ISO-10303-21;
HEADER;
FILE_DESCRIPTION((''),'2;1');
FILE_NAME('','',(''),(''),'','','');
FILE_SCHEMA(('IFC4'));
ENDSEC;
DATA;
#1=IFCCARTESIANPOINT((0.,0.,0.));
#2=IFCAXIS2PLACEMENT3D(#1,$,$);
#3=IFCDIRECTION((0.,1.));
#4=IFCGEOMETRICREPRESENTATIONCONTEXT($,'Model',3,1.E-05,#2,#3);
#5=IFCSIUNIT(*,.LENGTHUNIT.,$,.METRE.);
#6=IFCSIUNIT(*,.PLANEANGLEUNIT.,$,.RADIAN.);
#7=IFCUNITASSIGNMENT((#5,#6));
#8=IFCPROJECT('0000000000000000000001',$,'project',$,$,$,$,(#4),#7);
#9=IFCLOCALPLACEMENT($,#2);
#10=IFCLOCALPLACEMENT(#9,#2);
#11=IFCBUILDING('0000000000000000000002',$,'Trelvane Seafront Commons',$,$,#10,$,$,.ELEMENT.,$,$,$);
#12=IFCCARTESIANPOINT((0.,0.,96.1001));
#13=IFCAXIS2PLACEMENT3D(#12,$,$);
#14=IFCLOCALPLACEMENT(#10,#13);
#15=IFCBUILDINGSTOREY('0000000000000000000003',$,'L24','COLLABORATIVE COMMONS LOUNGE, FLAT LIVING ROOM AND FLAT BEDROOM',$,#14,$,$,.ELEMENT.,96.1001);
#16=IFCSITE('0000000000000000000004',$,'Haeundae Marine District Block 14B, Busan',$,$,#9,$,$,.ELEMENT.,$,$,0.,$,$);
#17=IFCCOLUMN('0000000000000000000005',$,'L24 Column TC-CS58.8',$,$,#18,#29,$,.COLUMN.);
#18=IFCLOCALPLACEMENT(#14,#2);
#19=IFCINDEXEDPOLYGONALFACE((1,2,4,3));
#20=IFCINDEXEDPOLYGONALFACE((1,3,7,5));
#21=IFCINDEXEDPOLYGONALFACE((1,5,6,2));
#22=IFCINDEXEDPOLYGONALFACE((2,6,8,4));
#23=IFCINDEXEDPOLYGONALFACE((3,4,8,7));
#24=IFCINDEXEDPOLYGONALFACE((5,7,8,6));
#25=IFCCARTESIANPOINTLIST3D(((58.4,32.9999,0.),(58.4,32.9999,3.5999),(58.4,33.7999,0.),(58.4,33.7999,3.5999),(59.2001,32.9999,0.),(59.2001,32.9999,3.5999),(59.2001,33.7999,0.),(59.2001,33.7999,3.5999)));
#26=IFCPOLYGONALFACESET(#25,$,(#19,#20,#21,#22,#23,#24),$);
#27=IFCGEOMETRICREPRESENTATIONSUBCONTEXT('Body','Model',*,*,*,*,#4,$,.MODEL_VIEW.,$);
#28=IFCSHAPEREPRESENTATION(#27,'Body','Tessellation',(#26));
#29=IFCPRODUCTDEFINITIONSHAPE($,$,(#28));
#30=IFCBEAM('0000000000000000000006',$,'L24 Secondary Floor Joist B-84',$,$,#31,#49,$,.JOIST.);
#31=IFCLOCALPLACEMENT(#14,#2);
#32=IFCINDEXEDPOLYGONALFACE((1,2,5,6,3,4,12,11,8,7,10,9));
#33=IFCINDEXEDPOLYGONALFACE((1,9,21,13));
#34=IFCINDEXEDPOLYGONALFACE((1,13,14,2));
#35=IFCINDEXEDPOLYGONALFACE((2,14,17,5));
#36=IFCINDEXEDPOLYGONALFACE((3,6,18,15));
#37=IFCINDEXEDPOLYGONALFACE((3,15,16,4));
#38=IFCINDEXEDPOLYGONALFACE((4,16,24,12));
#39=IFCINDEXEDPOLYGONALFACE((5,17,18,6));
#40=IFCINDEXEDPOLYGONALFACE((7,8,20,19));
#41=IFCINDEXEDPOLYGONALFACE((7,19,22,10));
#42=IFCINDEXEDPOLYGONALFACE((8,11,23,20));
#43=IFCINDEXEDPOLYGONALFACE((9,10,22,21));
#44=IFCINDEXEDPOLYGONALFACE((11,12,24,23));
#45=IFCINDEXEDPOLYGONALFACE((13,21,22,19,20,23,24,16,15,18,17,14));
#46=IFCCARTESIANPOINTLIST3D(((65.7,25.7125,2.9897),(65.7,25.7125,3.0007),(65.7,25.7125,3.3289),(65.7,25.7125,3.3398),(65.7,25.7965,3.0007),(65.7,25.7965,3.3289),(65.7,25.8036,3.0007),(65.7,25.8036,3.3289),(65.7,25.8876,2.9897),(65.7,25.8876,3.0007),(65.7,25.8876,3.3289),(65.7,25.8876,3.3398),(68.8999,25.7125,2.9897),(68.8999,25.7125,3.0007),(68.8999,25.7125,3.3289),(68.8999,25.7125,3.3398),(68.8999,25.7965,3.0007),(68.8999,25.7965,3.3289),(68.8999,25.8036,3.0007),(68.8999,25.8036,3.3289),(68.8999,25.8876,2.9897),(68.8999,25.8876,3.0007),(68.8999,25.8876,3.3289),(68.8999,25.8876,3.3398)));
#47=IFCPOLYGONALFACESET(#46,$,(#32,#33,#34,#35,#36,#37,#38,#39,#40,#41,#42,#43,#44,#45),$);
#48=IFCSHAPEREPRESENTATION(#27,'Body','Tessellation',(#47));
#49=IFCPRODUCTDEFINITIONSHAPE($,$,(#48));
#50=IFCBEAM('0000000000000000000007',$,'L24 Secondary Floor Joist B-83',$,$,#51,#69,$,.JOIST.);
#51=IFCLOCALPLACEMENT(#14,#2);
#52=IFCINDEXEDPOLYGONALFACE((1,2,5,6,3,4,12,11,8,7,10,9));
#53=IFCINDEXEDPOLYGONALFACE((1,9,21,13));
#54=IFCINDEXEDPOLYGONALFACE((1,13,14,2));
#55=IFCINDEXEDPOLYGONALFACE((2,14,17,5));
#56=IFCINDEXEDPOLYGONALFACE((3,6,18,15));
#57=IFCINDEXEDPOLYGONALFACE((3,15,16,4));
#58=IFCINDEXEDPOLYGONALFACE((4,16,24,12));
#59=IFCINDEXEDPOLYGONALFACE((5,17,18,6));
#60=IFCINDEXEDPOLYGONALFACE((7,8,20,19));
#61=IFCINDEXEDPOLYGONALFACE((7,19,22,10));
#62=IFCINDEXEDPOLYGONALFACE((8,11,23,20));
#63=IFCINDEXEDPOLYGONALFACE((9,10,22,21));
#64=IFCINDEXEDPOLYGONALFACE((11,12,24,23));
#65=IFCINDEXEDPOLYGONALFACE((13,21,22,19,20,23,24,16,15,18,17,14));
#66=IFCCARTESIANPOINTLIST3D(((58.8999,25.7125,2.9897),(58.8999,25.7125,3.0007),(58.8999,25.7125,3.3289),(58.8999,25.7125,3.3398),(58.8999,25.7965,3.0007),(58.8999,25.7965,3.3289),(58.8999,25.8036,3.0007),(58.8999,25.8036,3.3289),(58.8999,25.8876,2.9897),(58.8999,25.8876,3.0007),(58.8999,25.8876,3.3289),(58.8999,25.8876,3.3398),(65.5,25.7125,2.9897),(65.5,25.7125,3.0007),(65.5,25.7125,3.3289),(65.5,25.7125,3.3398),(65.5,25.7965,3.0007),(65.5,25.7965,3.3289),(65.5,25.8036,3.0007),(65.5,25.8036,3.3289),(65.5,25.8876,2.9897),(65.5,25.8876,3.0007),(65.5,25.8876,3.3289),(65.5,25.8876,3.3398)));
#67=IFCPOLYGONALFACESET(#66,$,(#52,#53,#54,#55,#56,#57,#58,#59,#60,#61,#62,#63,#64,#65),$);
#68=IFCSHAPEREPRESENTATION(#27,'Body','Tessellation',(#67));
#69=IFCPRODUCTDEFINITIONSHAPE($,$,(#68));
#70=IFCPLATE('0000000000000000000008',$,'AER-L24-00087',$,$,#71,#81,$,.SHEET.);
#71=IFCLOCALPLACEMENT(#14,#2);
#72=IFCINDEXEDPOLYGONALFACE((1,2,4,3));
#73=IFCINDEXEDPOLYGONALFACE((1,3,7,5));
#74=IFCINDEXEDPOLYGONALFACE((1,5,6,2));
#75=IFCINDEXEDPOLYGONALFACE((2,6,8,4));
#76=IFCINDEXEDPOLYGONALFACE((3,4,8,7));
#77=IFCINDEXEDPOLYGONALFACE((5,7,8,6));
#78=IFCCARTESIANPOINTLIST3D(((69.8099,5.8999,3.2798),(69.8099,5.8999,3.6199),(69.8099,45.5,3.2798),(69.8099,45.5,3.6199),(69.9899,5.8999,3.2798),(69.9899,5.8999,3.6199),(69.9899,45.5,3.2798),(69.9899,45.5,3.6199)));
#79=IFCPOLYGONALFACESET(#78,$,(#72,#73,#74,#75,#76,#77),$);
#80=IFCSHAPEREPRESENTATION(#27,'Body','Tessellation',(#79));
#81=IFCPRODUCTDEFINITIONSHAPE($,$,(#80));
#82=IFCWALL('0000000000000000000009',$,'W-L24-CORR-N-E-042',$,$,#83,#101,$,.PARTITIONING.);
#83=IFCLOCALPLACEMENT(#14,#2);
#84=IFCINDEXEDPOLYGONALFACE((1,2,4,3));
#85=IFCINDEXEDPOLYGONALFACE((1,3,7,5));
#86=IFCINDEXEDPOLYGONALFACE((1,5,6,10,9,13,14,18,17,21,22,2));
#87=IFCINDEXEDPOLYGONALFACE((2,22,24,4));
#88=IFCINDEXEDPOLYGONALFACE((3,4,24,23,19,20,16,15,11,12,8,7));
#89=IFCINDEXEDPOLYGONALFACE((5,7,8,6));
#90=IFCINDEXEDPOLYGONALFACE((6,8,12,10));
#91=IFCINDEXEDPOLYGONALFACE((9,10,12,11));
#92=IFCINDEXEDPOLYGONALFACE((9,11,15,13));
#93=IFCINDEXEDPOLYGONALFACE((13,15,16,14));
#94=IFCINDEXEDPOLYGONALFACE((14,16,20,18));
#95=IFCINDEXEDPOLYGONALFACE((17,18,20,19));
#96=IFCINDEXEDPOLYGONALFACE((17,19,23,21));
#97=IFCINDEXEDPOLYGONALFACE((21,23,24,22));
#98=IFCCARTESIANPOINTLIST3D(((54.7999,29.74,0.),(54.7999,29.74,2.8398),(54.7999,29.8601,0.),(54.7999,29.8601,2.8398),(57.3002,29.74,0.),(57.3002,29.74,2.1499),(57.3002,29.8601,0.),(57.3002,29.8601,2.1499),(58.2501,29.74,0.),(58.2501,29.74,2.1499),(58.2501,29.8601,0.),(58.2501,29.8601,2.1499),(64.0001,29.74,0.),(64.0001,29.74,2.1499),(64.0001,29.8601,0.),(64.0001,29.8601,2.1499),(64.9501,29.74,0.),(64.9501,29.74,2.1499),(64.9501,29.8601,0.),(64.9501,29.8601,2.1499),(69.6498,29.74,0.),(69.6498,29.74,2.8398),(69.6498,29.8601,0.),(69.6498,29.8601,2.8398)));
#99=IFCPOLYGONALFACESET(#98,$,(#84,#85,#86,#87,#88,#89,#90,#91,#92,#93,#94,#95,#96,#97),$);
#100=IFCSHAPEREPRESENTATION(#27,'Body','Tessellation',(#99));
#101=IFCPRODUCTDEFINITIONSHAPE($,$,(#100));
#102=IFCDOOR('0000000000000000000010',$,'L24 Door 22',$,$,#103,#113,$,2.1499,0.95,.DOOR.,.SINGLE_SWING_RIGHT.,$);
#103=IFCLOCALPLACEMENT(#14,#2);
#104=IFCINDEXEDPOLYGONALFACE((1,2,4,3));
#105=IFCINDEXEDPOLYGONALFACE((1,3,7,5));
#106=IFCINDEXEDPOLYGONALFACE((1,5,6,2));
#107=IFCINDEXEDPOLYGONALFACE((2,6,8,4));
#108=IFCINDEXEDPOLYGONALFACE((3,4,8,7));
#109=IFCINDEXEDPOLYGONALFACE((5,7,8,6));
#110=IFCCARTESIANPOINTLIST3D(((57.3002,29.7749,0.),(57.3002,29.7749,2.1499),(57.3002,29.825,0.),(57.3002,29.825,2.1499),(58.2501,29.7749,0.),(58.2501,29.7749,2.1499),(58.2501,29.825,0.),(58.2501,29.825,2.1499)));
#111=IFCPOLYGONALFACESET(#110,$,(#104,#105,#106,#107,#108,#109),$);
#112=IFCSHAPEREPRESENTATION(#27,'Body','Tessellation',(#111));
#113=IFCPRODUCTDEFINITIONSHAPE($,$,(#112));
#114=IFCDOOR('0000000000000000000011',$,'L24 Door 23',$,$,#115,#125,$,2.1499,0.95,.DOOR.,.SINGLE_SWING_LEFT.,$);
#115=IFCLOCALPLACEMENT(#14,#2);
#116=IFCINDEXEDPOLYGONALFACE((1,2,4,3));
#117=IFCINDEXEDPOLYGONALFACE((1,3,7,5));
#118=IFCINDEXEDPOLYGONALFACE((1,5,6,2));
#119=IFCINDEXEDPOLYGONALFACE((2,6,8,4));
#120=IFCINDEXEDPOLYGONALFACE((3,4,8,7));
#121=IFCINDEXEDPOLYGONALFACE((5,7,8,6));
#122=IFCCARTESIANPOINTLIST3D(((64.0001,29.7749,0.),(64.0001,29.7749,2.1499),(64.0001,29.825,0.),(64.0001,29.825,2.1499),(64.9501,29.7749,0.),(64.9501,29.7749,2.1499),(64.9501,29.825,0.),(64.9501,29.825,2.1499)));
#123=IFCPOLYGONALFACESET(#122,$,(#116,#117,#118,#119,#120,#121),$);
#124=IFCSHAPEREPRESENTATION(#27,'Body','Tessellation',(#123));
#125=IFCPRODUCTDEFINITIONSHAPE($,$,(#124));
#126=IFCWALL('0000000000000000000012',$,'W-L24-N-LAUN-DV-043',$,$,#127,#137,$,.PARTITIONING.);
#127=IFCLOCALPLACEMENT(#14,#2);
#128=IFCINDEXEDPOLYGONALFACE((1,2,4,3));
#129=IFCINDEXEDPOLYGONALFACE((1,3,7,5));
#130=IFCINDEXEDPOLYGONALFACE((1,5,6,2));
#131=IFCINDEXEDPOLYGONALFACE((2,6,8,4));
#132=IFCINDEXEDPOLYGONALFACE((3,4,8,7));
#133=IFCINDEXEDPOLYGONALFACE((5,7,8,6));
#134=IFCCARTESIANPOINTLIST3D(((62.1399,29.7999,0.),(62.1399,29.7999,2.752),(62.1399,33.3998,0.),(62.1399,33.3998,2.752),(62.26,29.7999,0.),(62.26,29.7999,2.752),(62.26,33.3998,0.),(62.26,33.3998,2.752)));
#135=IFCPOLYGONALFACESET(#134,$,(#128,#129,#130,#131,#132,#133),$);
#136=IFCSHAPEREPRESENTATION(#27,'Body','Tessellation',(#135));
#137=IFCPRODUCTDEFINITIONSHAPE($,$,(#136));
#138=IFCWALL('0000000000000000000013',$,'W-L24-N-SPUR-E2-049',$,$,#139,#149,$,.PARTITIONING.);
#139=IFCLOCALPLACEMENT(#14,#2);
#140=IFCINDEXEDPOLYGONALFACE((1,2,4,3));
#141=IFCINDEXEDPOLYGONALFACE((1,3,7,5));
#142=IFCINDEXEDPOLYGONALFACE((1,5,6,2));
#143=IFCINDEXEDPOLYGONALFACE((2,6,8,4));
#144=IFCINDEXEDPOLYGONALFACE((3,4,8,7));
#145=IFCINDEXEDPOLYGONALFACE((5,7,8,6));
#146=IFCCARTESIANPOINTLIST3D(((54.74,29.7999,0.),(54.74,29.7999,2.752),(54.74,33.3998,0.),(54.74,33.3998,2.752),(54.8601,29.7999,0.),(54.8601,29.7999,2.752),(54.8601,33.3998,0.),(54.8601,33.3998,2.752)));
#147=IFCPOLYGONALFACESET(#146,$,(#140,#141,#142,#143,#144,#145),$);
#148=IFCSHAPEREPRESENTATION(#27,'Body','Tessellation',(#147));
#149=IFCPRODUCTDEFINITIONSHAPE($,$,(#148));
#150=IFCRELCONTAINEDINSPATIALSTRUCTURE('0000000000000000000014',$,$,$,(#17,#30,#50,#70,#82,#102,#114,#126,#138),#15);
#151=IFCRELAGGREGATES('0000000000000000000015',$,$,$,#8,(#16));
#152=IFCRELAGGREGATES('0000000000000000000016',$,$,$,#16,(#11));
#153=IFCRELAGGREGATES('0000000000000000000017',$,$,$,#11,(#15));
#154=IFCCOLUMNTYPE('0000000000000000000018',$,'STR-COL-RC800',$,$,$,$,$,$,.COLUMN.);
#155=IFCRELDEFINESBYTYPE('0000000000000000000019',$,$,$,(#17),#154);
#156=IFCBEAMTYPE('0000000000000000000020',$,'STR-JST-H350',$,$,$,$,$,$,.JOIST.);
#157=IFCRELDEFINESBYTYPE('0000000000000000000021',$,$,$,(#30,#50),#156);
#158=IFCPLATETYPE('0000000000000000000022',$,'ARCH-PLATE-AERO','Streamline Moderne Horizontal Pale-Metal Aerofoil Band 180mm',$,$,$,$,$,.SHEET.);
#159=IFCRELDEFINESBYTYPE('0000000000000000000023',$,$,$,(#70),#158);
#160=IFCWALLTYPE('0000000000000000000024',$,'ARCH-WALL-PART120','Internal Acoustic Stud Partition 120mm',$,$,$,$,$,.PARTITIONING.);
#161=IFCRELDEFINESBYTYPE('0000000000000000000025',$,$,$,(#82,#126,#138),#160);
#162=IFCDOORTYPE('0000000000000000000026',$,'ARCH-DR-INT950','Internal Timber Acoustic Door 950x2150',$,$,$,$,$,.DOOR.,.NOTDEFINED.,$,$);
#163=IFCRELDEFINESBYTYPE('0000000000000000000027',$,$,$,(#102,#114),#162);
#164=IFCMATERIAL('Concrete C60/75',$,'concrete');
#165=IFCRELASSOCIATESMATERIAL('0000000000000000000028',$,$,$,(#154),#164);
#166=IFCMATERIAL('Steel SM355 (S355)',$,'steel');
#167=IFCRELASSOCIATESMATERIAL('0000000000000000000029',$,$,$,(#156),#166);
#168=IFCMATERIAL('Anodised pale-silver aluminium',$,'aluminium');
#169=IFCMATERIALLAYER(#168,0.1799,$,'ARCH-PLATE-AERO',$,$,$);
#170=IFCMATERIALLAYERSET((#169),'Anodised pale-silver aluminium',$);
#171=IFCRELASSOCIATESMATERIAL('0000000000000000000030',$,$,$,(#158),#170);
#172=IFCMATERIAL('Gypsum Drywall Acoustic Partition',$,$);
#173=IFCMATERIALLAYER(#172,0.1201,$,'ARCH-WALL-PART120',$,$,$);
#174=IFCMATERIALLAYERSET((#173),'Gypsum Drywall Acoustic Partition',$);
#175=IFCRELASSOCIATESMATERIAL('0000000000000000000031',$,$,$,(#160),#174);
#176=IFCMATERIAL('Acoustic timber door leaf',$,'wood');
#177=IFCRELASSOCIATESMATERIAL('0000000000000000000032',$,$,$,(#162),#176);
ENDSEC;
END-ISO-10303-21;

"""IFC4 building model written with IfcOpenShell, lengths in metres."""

from ifc_helpers import new_model, si_unit, direction, frame, frame_2d, origin, origin_2d, place, context, subcontext, project, spatial, rectangle, i_section, extrude, source, transform, mapped, material, layer, layer_set, material_profile, profile_set, type_object, element, fill, save


model = new_model("IFC4")

# Units and contexts
model_context = context("Model", 3, precision=1e-05, world=origin(), true_north=direction((0.0, 1.0)))
body_context = subcontext(model_context, "Body", "Model", "MODEL_VIEW")
ifc_project = project(units=[si_unit("LENGTHUNIT", "METRE"), si_unit("PLANEANGLEUNIT", "RADIAN")], contexts=[model_context])

# Site, building, storey
site_placement = place(None, origin())
site = spatial("IfcSite", under=ifc_project, at=site_placement, Name="Haeundae Marine District Block 14B, Busan", CompositionType="ELEMENT", RefElevation=0.0)
building_placement = place(site_placement, origin())
building = spatial("IfcBuilding", under=site, at=building_placement, Name="Trelvane Seafront Commons", CompositionType="ELEMENT")
storey_placement = place(building_placement, frame((0.0, 0.0, 96.1001)))
storey = spatial("IfcBuildingStorey", under=building, at=storey_placement, Name="L24", Description="COLLABORATIVE COMMONS LOUNGE, FLAT LIVING ROOM AND FLAT BEDROOM", CompositionType="ELEMENT", Elevation=96.1001)

# Column
ifc_material_1 = material(Name="Concrete C60/75", Category="concrete")
ifc_material_profile_1 = material_profile(ifc_material_1, rectangle(XDim=0.8, YDim=0.8, at=origin_2d()), Name="RC-800x800")
ifc_profile_set_1 = profile_set([ifc_material_profile_1], Name="Concrete C60/75")
column_type = type_object("IfcColumnType", Name="STR-COL-RC800", PredefinedType="COLUMN", material=ifc_profile_set_1)
shared_shape_1 = source(origin(), body_context, "Body", "SweptSolid", [
    extrude(rectangle(XDim=0.8, YDim=0.8, at=origin_2d()), origin(), (0.0, 0.0, 1.0), 3.5999),
])
column_placement = place(storey_placement, frame((58.8, 33.3999, 0.0), z_axis=(0.0, 0.0, 1.0), x_axis=(1.0, 0.0, 0.0)))
element("IfcColumn", 1, at=column_placement, inside=storey, type_object=column_type, Name="L24 Column TC-CS58.8", PredefinedType="COLUMN", context=body_context, shape_type="MappedRepresentation", body=[
    mapped(shared_shape_1, transform((0.0, 0.0, 0.0), x_axis=(1.0, 0.0, 0.0), y_axis=(0.0, 1.0, 0.0), z_axis=(0.0, 0.0, 1.0), scale=1.0)),
])

# Beams
ifc_material_2 = material(Name="Steel SM355 (S355)", Category="steel")
ifc_material_profile_2 = material_profile(ifc_material_2, i_section(OverallWidth=0.175, OverallDepth=0.3501, WebThickness=0.0071, FlangeThickness=0.011, at=origin_2d()), Name="H-350x175x7x11")
ifc_profile_set_2 = profile_set([ifc_material_profile_2], Name="Steel SM355 (S355)")
beam_type = type_object("IfcBeamType", Name="STR-JST-H350", PredefinedType="JOIST", material=ifc_profile_set_2)
shared_shape_2 = source(origin(), body_context, "Body", "SweptSolid", [
    extrude(i_section(OverallWidth=0.175, OverallDepth=0.3501, WebThickness=0.0071, FlangeThickness=0.011, at=origin_2d()), origin(), (0.0, 0.0, 1.0), 3.2),
])
beam_1_placement = place(storey_placement, frame((65.7, 25.8, 3.1648), z_axis=(1.0, 0.0, 0.0), x_axis=(0.0, 1.0, 0.0)))
element("IfcBeam", 2, at=beam_1_placement, inside=storey, type_object=beam_type, Name="L24 Secondary Floor Joist B-84", PredefinedType="JOIST", context=body_context, shape_type="MappedRepresentation", body=[
    mapped(shared_shape_2, transform((0.0, 0.0, 0.0), x_axis=(1.0, 0.0, 0.0), y_axis=(0.0, 1.0, 0.0), z_axis=(0.0, 0.0, 1.0), scale=1.0)),
])
shared_shape_3 = source(origin(), body_context, "Body", "SweptSolid", [
    extrude(i_section(OverallWidth=0.175, OverallDepth=0.3501, WebThickness=0.0071, FlangeThickness=0.011, at=origin_2d()), origin(), (0.0, 0.0, 1.0), 6.6001),
])
beam_2_placement = place(storey_placement, frame((58.8999, 25.8, 3.1648), z_axis=(1.0, 0.0, 0.0), x_axis=(0.0, 1.0, 0.0)))
element("IfcBeam", 3, at=beam_2_placement, inside=storey, type_object=beam_type, Name="L24 Secondary Floor Joist B-83", PredefinedType="JOIST", context=body_context, shape_type="MappedRepresentation", body=[
    mapped(shared_shape_3, transform((0.0, 0.0, 0.0), x_axis=(1.0, 0.0, 0.0), y_axis=(0.0, 1.0, 0.0), z_axis=(0.0, 0.0, 1.0), scale=1.0)),
])

# Plate
ifc_material_3 = material(Name="Anodised pale-silver aluminium", Category="aluminium")
ifc_layer_1 = layer(ifc_material_3, 0.1799, Name="ARCH-PLATE-AERO")
ifc_layer_set_1 = layer_set([ifc_layer_1], Name="Anodised pale-silver aluminium")
plate_type = type_object("IfcPlateType", Name="ARCH-PLATE-AERO", Description="Streamline Moderne Horizontal Pale-Metal Aerofoil Band 180mm", PredefinedType="SHEET", material=ifc_layer_set_1)
shared_shape_4 = source(origin(), body_context, "Body", "SweptSolid", [
    extrude(rectangle(XDim=39.6001, YDim=0.1799, at=origin_2d()), origin(), (0.0, 0.0, 1.0), 0.3401),
])
plate_placement = place(storey_placement, frame((69.8999, 25.7, 3.2798), z_axis=(0.0, 0.0, 1.0), x_axis=(0.0, -1.0, 0.0)))
element("IfcPlate", 4, at=plate_placement, inside=storey, type_object=plate_type, Name="AER-L24-00087", PredefinedType="SHEET", context=body_context, shape_type="MappedRepresentation", body=[
    mapped(shared_shape_4, transform((0.0, 0.0, 0.0), x_axis=(1.0, 0.0, 0.0), y_axis=(0.0, 1.0, 0.0), z_axis=(0.0, 0.0, 1.0), scale=1.0)),
])

# Wall, openings, doors
ifc_material_4 = material(Name="Gypsum Drywall Acoustic Partition")
ifc_layer_2 = layer(ifc_material_4, 0.1201, Name="ARCH-WALL-PART120")
ifc_layer_set_2 = layer_set([ifc_layer_2], Name="Gypsum Drywall Acoustic Partition")
wall_type_1 = type_object("IfcWallType", Name="ARCH-WALL-PART120", Description="Internal Acoustic Stud Partition 120mm", PredefinedType="PARTITIONING", material=ifc_layer_set_2)
wall_1_placement = place(storey_placement, frame((54.8, 29.8, 0.0), z_axis=(0.0, 0.0, 1.0), x_axis=(1.0, 0.0, 0.0)))
wall_1 = element("IfcWall", 5, at=wall_1_placement, inside=storey, type_object=wall_type_1, Name="W-L24-CORR-N-E-042", PredefinedType="PARTITIONING", context=body_context, shape_type="SweptSolid", body=[
    extrude(rectangle(XDim=14.8499, YDim=0.1201, at=frame_2d((7.4248, 0.0))), origin(), (0.0, 0.0, 1.0), 2.8398),
])
opening_1_placement = place(wall_1_placement, frame((2.5, 0.0, 0.0)))
opening_1 = element("IfcOpeningElement", 6, at=opening_1_placement, cuts=wall_1, PredefinedType="OPENING", context=body_context, shape_type="SweptSolid", body=[
    extrude(rectangle(XDim=0.95, YDim=2.1499, at=frame_2d((0.4751, 1.075))), frame((0.0, 0.0701, 0.0), z_axis=(0.0, -1.0, 0.0), x_axis=(1.0, 0.0, 0.0)), (0.0, 0.0, 1.0), 0.1401),
])
opening_2_placement = place(wall_1_placement, frame((9.2, 0.0, 0.0)))
opening_2 = element("IfcOpeningElement", 7, at=opening_2_placement, cuts=wall_1, PredefinedType="OPENING", context=body_context, shape_type="SweptSolid", body=[
    extrude(rectangle(XDim=0.95, YDim=2.1499, at=frame_2d((0.4751, 1.075))), frame((0.0, 0.0701, 0.0), z_axis=(0.0, -1.0, 0.0), x_axis=(1.0, 0.0, 0.0)), (0.0, 0.0, 1.0), 0.1401),
])
ifc_material_5 = material(Name="Acoustic timber door leaf", Category="wood")
door_type_1 = type_object("IfcDoorType", Name="ARCH-DR-INT950", Description="Internal Timber Acoustic Door 950x2150", OperationType="NOTDEFINED", PredefinedType="DOOR", material=ifc_material_5)
shared_shape_5 = source(origin(), body_context, "Body", "SweptSolid", [
    extrude(rectangle(XDim=0.95, YDim=2.1499, at=frame_2d((0.4751, 1.075))), frame((0.0, 0.0249, 0.0), z_axis=(0.0, -1.0, 0.0), x_axis=(1.0, 0.0, 0.0)), (0.0, 0.0, 1.0), 0.05),
])
door_1_placement = place(opening_1_placement, origin())
door_1 = element("IfcDoor", 8, at=door_1_placement, inside=storey, type_object=door_type_1, Name="L24 Door 22", OperationType="SINGLE_SWING_RIGHT", OverallHeight=2.1499, OverallWidth=0.95, PredefinedType="DOOR", context=body_context, shape_type="MappedRepresentation", body=[
    mapped(shared_shape_5, transform((0.0, 0.0, 0.0), x_axis=(1.0, 0.0, 0.0), y_axis=(0.0, 1.0, 0.0), z_axis=(0.0, 0.0, 1.0), scale=1.0)),
])
fill(opening_1, door_1)
door_2_placement = place(opening_2_placement, origin())
door_2 = element("IfcDoor", 9, at=door_2_placement, inside=storey, type_object=door_type_1, Name="L24 Door 23", OperationType="SINGLE_SWING_LEFT", OverallHeight=2.1499, OverallWidth=0.95, PredefinedType="DOOR", context=body_context, shape_type="MappedRepresentation", body=[
    mapped(shared_shape_5, transform((0.0, 0.0, 0.0), x_axis=(1.0, 0.0, 0.0), y_axis=(0.0, 1.0, 0.0), z_axis=(0.0, 0.0, 1.0), scale=1.0)),
])
fill(opening_2, door_2)

# Walls
for number, where, z_axis, x_axis, name in (
    (10, (62.2, 29.8, 0.0), (0.0, 0.0, 1.0), (0.0, 1.0, 0.0), "W-L24-N-LAUN-DV-043"),
    (11, (54.8, 29.8, 0.0), (0.0, 0.0, 1.0), (0.0, 1.0, 0.0), "W-L24-N-SPUR-E2-049"),
):
    element("IfcWall", number, at=place(storey_placement, frame(where, z_axis=z_axis, x_axis=x_axis)), inside=storey, type_object=wall_type_1, Name=name, PredefinedType="PARTITIONING", context=body_context, shape_type="SweptSolid", body=[
        extrude(rectangle(XDim=3.5999, YDim=0.1201, at=frame_2d((1.7998, 0.0))), origin(), (0.0, 0.0, 1.0), 2.752),
    ])

save(model, "model.ifc")
